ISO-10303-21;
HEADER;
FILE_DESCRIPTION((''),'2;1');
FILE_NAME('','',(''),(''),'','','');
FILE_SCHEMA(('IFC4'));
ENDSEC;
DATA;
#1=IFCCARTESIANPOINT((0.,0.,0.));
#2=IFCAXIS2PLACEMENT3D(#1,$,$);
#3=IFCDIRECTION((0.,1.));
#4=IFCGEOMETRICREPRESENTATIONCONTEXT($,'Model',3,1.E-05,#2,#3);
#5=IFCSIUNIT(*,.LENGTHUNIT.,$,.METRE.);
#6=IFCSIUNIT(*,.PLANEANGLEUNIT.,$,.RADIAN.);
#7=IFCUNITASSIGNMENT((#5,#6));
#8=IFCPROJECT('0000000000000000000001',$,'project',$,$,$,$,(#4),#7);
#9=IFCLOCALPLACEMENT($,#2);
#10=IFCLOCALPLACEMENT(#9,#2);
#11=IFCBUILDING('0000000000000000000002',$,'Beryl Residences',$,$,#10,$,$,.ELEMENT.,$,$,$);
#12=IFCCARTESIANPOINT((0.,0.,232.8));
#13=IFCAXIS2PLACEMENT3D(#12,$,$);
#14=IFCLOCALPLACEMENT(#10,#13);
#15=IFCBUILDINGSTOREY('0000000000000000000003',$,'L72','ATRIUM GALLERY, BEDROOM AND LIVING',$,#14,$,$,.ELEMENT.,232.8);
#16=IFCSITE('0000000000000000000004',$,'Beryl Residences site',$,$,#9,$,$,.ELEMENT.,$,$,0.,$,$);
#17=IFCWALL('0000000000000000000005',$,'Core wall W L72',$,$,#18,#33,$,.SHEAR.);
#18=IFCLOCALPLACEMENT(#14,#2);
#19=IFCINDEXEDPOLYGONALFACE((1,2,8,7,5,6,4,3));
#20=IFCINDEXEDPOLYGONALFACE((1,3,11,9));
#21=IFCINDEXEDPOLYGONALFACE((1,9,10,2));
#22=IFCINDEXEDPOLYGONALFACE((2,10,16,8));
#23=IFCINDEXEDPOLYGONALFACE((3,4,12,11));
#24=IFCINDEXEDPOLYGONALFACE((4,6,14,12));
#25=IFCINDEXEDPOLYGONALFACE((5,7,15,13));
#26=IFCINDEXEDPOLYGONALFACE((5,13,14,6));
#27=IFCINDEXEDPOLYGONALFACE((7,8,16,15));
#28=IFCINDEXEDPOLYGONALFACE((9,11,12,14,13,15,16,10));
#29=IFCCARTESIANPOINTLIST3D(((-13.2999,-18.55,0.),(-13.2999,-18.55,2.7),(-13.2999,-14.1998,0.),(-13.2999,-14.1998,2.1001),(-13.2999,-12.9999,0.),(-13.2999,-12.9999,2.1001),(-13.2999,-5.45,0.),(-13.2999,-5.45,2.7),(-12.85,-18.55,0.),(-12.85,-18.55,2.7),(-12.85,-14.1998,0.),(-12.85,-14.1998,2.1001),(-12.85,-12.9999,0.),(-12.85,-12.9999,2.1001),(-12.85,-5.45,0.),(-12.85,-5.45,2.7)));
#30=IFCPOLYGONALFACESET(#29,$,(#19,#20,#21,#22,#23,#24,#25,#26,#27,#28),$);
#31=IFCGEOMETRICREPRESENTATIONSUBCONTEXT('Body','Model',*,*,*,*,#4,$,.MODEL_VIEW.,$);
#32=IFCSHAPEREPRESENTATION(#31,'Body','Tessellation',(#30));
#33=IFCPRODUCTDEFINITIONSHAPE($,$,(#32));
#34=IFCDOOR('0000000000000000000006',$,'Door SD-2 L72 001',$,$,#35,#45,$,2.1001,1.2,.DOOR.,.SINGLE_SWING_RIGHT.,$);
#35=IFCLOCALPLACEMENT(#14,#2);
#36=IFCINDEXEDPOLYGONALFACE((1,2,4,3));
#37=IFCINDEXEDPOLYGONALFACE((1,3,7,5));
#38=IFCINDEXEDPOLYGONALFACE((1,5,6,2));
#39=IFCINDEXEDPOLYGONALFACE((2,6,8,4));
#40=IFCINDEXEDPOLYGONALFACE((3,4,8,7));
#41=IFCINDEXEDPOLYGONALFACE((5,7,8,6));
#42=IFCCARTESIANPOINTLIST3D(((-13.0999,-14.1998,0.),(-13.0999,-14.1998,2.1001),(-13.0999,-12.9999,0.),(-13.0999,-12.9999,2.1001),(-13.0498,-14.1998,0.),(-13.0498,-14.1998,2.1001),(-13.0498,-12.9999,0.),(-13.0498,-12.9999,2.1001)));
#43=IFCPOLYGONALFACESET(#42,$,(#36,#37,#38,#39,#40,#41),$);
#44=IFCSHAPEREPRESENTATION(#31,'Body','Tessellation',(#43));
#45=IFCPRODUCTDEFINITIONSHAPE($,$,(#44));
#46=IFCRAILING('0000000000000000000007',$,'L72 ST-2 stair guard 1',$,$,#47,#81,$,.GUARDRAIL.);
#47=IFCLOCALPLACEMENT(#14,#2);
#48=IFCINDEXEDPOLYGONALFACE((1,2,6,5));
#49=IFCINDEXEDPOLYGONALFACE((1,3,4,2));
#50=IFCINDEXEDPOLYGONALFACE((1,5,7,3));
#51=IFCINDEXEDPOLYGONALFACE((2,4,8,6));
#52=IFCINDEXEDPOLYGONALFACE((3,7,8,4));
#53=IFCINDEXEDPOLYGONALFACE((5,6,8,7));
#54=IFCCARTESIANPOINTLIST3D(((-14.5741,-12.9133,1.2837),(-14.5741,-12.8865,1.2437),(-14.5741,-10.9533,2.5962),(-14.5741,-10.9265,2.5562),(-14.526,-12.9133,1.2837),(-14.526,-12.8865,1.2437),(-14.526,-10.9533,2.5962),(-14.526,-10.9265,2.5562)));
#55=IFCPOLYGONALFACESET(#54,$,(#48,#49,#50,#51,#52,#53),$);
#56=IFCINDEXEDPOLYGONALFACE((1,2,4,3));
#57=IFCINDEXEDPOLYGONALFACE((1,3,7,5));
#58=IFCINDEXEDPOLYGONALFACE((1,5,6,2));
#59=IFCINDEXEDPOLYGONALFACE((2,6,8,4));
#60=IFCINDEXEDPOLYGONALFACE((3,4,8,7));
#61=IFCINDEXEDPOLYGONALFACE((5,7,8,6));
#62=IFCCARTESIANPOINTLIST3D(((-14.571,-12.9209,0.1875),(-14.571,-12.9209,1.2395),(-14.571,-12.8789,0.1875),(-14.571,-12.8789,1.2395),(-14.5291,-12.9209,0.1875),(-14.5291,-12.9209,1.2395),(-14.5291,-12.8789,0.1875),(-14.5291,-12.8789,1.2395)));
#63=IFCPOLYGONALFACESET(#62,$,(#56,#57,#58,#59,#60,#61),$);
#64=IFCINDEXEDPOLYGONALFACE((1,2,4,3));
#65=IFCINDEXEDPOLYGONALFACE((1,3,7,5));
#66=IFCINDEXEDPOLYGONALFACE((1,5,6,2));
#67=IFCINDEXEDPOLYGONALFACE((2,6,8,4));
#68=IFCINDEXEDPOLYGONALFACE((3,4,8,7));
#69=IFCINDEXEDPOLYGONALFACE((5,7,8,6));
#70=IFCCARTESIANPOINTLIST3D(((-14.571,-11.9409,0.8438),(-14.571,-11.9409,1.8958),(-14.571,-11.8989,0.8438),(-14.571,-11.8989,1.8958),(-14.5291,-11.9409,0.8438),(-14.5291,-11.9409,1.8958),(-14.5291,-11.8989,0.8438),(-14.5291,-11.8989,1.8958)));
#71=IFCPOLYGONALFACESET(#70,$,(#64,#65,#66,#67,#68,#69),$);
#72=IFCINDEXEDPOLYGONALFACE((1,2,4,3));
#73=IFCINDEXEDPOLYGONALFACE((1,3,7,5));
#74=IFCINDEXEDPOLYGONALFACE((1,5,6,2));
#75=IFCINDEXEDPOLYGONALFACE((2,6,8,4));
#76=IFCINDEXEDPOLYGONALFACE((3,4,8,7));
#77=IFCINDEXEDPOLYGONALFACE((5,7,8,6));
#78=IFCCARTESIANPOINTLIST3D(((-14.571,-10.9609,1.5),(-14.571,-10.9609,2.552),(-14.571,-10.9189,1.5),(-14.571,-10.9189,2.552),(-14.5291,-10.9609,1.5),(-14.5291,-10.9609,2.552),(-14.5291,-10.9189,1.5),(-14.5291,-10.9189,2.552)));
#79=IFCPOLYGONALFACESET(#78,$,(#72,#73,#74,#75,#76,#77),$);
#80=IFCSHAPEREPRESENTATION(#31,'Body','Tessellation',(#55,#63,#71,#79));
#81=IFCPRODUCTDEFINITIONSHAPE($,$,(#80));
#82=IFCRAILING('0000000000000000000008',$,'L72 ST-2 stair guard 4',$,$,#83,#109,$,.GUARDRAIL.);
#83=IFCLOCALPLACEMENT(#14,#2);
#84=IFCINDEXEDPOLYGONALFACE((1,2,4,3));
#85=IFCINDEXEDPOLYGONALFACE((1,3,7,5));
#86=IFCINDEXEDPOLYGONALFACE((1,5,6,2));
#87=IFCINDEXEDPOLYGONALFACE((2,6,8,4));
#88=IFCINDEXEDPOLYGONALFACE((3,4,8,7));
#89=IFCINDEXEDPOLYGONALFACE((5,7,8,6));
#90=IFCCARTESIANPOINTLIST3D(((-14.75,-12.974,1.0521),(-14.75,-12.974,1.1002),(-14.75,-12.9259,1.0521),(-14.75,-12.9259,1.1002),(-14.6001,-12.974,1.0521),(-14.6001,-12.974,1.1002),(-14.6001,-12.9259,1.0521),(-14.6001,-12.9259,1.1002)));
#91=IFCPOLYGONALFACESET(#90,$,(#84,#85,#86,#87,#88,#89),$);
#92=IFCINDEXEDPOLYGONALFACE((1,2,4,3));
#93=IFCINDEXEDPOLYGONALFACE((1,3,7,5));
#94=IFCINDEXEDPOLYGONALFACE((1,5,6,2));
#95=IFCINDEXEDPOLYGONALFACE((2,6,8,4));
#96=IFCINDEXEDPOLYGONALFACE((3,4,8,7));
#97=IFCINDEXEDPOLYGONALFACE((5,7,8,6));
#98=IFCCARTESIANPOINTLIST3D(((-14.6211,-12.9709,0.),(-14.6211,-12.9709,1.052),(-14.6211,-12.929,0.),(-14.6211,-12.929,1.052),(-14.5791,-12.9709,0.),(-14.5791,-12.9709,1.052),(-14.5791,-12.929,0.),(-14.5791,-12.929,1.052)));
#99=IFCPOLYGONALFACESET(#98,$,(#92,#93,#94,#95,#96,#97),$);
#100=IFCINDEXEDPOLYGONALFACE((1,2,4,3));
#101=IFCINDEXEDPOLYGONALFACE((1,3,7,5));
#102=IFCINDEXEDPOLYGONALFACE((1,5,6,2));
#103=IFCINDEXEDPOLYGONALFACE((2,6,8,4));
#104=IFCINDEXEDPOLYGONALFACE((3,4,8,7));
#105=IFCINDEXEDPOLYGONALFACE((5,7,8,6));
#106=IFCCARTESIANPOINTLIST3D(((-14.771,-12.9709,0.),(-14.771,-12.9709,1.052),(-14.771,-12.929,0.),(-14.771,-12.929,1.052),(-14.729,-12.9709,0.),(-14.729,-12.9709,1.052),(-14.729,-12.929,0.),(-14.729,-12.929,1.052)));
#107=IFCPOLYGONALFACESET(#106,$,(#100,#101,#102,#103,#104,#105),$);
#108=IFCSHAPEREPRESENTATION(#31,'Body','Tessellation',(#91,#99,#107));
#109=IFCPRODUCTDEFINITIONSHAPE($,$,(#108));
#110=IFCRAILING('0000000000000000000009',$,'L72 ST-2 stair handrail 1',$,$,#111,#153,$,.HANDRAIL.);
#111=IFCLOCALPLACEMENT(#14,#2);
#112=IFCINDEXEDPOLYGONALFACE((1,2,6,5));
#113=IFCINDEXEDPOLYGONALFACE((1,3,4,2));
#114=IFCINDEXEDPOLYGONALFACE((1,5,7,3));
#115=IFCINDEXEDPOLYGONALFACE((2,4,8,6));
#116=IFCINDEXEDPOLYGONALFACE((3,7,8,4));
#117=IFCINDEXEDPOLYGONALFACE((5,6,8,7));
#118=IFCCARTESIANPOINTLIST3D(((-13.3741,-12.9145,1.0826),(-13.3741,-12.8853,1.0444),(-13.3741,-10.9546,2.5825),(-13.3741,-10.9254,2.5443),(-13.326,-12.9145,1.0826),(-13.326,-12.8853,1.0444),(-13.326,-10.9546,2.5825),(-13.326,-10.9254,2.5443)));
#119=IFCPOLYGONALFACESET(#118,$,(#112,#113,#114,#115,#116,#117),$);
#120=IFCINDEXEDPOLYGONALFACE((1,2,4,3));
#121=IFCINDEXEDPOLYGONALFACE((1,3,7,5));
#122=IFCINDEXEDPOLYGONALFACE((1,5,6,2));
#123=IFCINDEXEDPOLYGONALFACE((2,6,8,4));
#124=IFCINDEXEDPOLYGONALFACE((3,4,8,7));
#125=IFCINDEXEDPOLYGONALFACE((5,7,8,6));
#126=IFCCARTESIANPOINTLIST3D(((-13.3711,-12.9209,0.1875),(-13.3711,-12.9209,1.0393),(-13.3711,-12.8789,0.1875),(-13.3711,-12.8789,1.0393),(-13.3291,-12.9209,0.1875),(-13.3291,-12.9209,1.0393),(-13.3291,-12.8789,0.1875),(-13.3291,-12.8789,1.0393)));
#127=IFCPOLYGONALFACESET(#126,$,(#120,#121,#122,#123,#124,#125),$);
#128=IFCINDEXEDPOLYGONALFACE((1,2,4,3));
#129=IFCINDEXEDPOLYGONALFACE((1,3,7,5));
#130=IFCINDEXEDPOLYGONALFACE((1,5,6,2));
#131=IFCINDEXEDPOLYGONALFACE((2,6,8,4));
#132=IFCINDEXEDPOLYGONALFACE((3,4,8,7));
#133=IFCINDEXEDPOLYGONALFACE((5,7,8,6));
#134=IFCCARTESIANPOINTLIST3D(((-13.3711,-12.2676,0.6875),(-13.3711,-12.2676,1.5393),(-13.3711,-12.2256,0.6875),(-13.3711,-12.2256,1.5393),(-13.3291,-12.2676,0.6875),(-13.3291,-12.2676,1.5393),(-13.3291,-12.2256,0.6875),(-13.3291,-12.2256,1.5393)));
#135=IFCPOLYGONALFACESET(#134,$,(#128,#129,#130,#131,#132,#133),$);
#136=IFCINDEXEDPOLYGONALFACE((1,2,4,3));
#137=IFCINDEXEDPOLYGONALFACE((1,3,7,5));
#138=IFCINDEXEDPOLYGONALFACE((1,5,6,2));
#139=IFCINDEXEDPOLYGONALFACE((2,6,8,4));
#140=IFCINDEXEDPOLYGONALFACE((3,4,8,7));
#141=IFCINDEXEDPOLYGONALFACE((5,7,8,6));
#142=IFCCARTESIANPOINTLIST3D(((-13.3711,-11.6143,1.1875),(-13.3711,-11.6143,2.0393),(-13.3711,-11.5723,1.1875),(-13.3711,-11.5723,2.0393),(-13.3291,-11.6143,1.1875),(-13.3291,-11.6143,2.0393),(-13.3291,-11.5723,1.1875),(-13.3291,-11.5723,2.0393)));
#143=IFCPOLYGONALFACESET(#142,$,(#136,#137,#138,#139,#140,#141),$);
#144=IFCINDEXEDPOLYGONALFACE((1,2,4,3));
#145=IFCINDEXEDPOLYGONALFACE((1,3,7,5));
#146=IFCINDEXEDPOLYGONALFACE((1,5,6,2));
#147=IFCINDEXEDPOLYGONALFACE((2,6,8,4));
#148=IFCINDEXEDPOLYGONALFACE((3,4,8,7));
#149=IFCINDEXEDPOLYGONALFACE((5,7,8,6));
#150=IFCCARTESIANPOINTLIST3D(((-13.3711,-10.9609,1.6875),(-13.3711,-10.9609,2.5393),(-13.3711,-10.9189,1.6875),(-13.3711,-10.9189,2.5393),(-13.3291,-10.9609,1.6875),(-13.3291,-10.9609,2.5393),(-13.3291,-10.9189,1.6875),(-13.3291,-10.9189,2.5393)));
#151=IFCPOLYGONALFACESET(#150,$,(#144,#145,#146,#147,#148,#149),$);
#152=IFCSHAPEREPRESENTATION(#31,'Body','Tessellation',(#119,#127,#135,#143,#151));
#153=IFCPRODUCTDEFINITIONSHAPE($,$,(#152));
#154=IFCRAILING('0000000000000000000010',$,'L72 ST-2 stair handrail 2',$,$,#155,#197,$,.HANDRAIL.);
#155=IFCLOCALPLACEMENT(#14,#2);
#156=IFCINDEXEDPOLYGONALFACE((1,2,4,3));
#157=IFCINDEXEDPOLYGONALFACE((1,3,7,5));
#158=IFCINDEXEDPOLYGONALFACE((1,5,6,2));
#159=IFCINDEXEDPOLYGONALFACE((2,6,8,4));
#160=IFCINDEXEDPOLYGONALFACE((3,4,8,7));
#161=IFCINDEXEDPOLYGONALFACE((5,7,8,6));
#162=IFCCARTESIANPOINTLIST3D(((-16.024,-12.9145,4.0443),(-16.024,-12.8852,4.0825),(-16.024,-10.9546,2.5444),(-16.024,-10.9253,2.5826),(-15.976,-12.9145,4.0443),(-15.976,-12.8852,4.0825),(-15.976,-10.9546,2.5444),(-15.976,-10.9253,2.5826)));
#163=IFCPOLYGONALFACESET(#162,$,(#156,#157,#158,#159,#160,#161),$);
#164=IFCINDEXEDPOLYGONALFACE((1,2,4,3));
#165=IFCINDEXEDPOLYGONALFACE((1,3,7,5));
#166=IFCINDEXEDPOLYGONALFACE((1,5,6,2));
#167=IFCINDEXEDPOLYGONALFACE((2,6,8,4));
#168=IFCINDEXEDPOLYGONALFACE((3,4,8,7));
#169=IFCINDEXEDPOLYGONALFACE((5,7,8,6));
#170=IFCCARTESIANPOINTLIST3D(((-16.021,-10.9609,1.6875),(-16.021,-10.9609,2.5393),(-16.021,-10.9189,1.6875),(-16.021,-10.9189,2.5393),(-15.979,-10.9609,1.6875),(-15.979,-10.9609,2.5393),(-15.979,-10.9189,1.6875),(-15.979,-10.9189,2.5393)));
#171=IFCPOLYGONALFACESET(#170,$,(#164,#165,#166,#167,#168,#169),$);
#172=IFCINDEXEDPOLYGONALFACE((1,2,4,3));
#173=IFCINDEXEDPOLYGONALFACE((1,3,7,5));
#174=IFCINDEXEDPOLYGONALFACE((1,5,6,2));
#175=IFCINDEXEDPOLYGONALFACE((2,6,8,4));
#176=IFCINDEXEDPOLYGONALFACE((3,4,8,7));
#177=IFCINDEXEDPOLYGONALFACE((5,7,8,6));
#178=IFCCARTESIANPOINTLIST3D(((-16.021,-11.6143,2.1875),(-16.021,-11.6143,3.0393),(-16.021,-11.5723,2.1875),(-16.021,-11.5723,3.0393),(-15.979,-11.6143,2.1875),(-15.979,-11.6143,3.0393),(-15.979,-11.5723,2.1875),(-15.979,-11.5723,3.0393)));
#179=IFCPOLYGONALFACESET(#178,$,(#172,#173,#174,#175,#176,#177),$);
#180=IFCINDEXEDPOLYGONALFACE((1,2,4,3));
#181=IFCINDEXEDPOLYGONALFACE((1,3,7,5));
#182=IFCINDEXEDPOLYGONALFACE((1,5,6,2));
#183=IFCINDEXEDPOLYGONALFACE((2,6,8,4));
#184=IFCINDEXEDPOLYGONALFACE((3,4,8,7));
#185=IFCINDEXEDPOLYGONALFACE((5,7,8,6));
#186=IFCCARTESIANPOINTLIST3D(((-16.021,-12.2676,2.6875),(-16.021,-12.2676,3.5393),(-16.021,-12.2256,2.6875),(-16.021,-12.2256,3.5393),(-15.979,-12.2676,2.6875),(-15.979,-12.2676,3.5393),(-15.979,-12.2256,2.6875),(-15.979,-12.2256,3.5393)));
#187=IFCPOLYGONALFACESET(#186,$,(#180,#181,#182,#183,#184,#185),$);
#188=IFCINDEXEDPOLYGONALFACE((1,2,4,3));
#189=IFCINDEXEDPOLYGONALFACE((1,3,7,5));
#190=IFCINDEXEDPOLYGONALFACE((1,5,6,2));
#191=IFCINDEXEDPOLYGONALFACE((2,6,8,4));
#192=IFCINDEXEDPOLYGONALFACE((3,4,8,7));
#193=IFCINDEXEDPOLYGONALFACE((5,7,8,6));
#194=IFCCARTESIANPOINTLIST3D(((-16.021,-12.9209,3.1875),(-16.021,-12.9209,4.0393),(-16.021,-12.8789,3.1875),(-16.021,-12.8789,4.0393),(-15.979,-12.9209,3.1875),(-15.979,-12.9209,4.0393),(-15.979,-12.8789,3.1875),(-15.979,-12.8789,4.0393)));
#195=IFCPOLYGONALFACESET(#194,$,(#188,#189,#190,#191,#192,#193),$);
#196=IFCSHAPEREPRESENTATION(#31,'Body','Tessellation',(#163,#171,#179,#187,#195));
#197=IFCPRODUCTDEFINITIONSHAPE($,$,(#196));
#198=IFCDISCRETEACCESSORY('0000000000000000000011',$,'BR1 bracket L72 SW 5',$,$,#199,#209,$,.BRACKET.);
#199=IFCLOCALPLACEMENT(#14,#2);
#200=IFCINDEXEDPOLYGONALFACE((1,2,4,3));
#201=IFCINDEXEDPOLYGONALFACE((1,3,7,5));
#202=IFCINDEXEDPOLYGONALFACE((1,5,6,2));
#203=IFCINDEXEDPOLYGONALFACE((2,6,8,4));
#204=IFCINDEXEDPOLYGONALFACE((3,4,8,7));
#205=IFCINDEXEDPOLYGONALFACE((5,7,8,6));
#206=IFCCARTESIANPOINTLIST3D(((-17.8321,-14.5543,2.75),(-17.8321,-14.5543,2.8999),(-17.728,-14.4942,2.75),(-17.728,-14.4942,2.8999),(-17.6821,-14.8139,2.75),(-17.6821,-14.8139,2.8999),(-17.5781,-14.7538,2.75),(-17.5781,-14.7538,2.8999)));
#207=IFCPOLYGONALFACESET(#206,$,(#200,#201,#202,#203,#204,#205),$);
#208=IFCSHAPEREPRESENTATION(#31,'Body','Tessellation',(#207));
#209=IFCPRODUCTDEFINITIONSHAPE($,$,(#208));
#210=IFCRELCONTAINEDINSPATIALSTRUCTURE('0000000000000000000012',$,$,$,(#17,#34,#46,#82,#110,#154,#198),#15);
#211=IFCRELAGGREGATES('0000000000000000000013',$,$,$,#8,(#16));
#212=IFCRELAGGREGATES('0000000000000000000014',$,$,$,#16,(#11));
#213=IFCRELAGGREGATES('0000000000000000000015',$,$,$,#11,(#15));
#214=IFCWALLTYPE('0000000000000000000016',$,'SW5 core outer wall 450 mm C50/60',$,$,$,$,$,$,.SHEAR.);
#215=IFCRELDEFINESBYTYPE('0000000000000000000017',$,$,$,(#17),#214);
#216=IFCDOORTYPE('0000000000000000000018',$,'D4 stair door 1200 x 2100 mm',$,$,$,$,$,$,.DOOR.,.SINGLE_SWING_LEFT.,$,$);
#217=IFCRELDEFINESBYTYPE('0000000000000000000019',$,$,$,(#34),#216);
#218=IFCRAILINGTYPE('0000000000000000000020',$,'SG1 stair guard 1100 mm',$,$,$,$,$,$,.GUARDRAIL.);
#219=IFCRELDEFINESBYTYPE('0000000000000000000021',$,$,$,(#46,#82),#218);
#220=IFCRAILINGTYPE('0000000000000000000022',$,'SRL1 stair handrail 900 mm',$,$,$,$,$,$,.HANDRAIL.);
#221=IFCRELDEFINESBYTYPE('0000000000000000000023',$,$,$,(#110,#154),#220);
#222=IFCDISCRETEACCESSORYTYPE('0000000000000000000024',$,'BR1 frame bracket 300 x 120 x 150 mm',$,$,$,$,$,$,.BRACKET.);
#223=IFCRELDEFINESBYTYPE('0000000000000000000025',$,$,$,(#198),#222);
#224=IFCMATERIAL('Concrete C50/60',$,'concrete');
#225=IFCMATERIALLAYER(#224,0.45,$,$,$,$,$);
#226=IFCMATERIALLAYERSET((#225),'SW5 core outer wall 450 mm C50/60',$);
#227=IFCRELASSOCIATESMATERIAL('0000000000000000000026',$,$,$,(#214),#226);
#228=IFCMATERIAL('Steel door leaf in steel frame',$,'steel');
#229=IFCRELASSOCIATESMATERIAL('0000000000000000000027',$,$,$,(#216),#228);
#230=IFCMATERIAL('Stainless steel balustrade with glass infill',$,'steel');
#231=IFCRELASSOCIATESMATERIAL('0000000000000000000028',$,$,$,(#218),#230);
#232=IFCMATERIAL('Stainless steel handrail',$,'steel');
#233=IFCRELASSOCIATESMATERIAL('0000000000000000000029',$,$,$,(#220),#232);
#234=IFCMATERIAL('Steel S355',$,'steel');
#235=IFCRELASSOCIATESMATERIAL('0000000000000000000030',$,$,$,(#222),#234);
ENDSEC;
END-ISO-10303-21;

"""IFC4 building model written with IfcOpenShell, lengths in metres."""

from ifc_helpers import new_model, si_unit, direction, frame, frame_2d, origin, origin_2d, place, context, subcontext, project, spatial, polyline, rectangle, outline, extrude, source, transform, mapped, material, layer, layer_set, type_object, type_shapes, element, fill, save


model = new_model("IFC4")

# Units and contexts
model_context = context("Model", 3, precision=1e-05, world=origin(), true_north=direction((0.0, 1.0)))
body_context = subcontext(model_context, "Body", "Model", "MODEL_VIEW")
ifc_project = project(units=[si_unit("LENGTHUNIT", "METRE"), si_unit("PLANEANGLEUNIT", "RADIAN")], contexts=[model_context])

# Site, building, storey
site_placement = place(None, origin())
site = spatial("IfcSite", under=ifc_project, at=site_placement, Name="Beryl Residences site", CompositionType="ELEMENT", RefElevation=0.0)
building_placement = place(site_placement, origin())
building = spatial("IfcBuilding", under=site, at=building_placement, Name="Beryl Residences", CompositionType="ELEMENT")
storey_placement = place(building_placement, frame((0.0, 0.0, 232.8)))
storey = spatial("IfcBuildingStorey", under=building, at=storey_placement, Name="L72", Description="ATRIUM GALLERY, BEDROOM AND LIVING", CompositionType="ELEMENT", Elevation=232.8)

# Wall, opening, door
ifc_material_1 = material(Name="Concrete C50/60", Category="concrete")
ifc_layer_1 = layer(ifc_material_1, 0.45)
ifc_layer_set_1 = layer_set([ifc_layer_1], Name="SW5 core outer wall 450 mm C50/60")
wall_type_1 = type_object("IfcWallType", Name="SW5 core outer wall 450 mm C50/60", PredefinedType="SHEAR", material=ifc_layer_set_1)
wall_1_placement = place(storey_placement, frame((-13.075, -18.55, 0.0), z_axis=(0.0, 0.0, 1.0), x_axis=(0.0, 1.0, 0.0)))
wall_1 = element("IfcWall", 1, at=wall_1_placement, inside=storey, type_object=wall_type_1, Name="Core wall W L72", PredefinedType="SHEAR", context=body_context, shape_type="SweptSolid", body=[
    extrude(rectangle(XDim=13.1001, YDim=0.45, at=frame_2d((6.55, 0.0))), origin(), (0.0, 0.0, 1.0), 2.7),
])
opening_1_placement = place(wall_1_placement, frame((4.3501, 0.0, 0.0)))
opening_1 = element("IfcOpeningElement", 2, at=opening_1_placement, cuts=wall_1, PredefinedType="OPENING", context=body_context, shape_type="SweptSolid", body=[
    extrude(rectangle(XDim=1.2, YDim=2.1001, at=frame_2d((0.6001, 1.05))), frame((0.0, 0.2349, 0.0), z_axis=(0.0, -1.0, 0.0), x_axis=(1.0, 0.0, 0.0)), (0.0, 0.0, 1.0), 0.47),
])
ifc_material_2 = material(Name="Steel door leaf in steel frame", Category="steel")
door_type_1 = type_object("IfcDoorType", Name="D4 stair door 1200 x 2100 mm", OperationType="SINGLE_SWING_LEFT", PredefinedType="DOOR", material=ifc_material_2)
door_1_placement = place(opening_1_placement, origin())
door_1 = element("IfcDoor", 3, at=door_1_placement, inside=storey, type_object=door_type_1, Name="Door SD-2 L72 001", OperationType="SINGLE_SWING_RIGHT", OverallHeight=2.1001, OverallWidth=1.2, PredefinedType="DOOR", context=body_context, shape_type="SweptSolid", body=[
    extrude(rectangle(XDim=1.2, YDim=2.1001, at=frame_2d((0.6001, 1.05))), frame((0.0, 0.0249, 0.0), z_axis=(0.0, -1.0, 0.0), x_axis=(1.0, 0.0, 0.0)), (0.0, 0.0, 1.0), 0.05),
])
fill(opening_1, door_1)

# Railings
ifc_material_3 = material(Name="Stainless steel balustrade with glass infill", Category="steel")
railing_type_1 = type_object("IfcRailingType", Name="SG1 stair guard 1100 mm", PredefinedType="GUARDRAIL", material=ifc_material_3)
railing_1_placement = place(storey_placement, frame((-14.55, -12.8999, 0.1875)))
element("IfcRailing", 4, at=railing_1_placement, inside=storey, type_object=railing_type_1, Name="L72 ST-2 stair guard 1", PredefinedType="GUARDRAIL", context=body_context, shape_type="SweptSolid", body=[
    extrude(rectangle(XDim=0.0481, YDim=0.0481, at=origin_2d()), frame((0.0, 0.0, 1.0762), z_axis=(0.0, 0.830902, 0.556419), x_axis=(-1.0, 0.0, 0.0)), (0.0, 0.0, 1.0), 2.3589),
    extrude(rectangle(XDim=0.042, YDim=0.042, at=origin_2d()), origin(), (0.0, 0.0, 1.0), 1.052),
    extrude(rectangle(XDim=0.042, YDim=0.042, at=origin_2d()), frame((0.0, 0.98, 0.6562)), (0.0, 0.0, 1.0), 1.052),
    extrude(rectangle(XDim=0.042, YDim=0.042, at=origin_2d()), frame((0.0, 1.96, 1.3125)), (0.0, 0.0, 1.0), 1.052),
])
railing_2_placement = place(storey_placement, frame((-14.6001, -12.95, 0.0)))
element("IfcRailing", 5, at=railing_2_placement, inside=storey, type_object=railing_type_1, Name="L72 ST-2 stair guard 4", PredefinedType="GUARDRAIL", context=body_context, shape_type="SweptSolid", body=[
    extrude(rectangle(XDim=0.0481, YDim=0.0481, at=origin_2d()), frame((0.0, 0.0, 1.0762), z_axis=(-1.0, 0.0, 0.0), x_axis=(0.0, -1.0, 0.0)), (0.0, 0.0, 1.0), 0.1499),
    extrude(rectangle(XDim=0.042, YDim=0.042, at=origin_2d()), origin(), (0.0, 0.0, 1.0), 1.052),
    extrude(rectangle(XDim=0.042, YDim=0.042, at=origin_2d()), frame((-0.1499, 0.0, 0.0)), (0.0, 0.0, 1.0), 1.052),
])
ifc_material_4 = material(Name="Stainless steel handrail", Category="steel")
railing_type_2 = type_object("IfcRailingType", Name="SRL1 stair handrail 900 mm", PredefinedType="HANDRAIL", material=ifc_material_4)
railing_3_placement = place(storey_placement, frame((-13.3501, -12.8999, 0.1875)))
element("IfcRailing", 6, at=railing_3_placement, inside=storey, type_object=railing_type_2, Name="L72 ST-2 stair handrail 1", PredefinedType="HANDRAIL", context=body_context, shape_type="SweptSolid", body=[
    extrude(rectangle(XDim=0.0481, YDim=0.0481, at=origin_2d()), frame((0.0, 0.0, 0.876), z_axis=(0.0, 0.794122, 0.607758), x_axis=(-1.0, 0.0, 0.0)), (0.0, 0.0, 1.0), 2.468),
    extrude(rectangle(XDim=0.042, YDim=0.042, at=origin_2d()), origin(), (0.0, 0.0, 1.0), 0.8518),
    extrude(rectangle(XDim=0.042, YDim=0.042, at=origin_2d()), frame((0.0, 0.6533, 0.5)), (0.0, 0.0, 1.0), 0.8518),
    extrude(rectangle(XDim=0.042, YDim=0.042, at=origin_2d()), frame((0.0, 1.3066, 1.0)), (0.0, 0.0, 1.0), 0.8518),
    extrude(rectangle(XDim=0.042, YDim=0.042, at=origin_2d()), frame((0.0, 1.96, 1.5)), (0.0, 0.0, 1.0), 0.8518),
])
railing_4_placement = place(storey_placement, frame((-16.0, -10.9399, 1.6875)))
element("IfcRailing", 7, at=railing_4_placement, inside=storey, type_object=railing_type_2, Name="L72 ST-2 stair handrail 2", PredefinedType="HANDRAIL", context=body_context, shape_type="SweptSolid", body=[
    extrude(rectangle(XDim=0.0481, YDim=0.0481, at=origin_2d()), frame((0.0, 0.0, 0.876), z_axis=(0.0, -0.794122, 0.607758), x_axis=(1.0, 0.0, 0.0)), (0.0, 0.0, 1.0), 2.468),
    extrude(rectangle(XDim=0.042, YDim=0.042, at=origin_2d()), origin(), (0.0, 0.0, 1.0), 0.8518),
    extrude(rectangle(XDim=0.042, YDim=0.042, at=origin_2d()), frame((0.0, -0.6533, 0.5)), (0.0, 0.0, 1.0), 0.8518),
    extrude(rectangle(XDim=0.042, YDim=0.042, at=origin_2d()), frame((0.0, -1.3066, 1.0)), (0.0, 0.0, 1.0), 0.8518),
    extrude(rectangle(XDim=0.042, YDim=0.042, at=origin_2d()), frame((0.0, -1.96, 1.5)), (0.0, 0.0, 1.0), 0.8518),
])

# Discrete accessory
ifc_material_5 = material(Name="Steel S355", Category="steel")
discrete_accessory_type = type_object("IfcDiscreteAccessoryType", Name="BR1 frame bracket 300 x 120 x 150 mm", PredefinedType="BRACKET", material=ifc_material_5)
shared_shape_1 = source(origin(), body_context, "Body", "SweptSolid", [
    extrude(outline(polyline([(-0.1499, 0.0), (0.1499, 0.0), (0.1499, 0.1201), (-0.1499, 0.1201), (-0.1499, 0.0)])), origin(), (0.0, 0.0, 1.0), 0.1499),
])
type_shapes(discrete_accessory_type, [shared_shape_1])
for number, where, z_axis, x_axis, name in (
    (8, (-17.6531, -14.624, 2.75), (0.0, 0.0, 1.0), (-0.5, 0.866025, 0.0), "BR1 bracket L72 SW 5"),
):
    element("IfcDiscreteAccessory", number, at=place(storey_placement, frame(where, z_axis=z_axis, x_axis=x_axis)), inside=storey, type_object=discrete_accessory_type, Name=name, PredefinedType="BRACKET", context=body_context, shape_type="MappedRepresentation", body=[
        mapped(shared_shape_1, transform((0.0, 0.0, 0.0))),
    ])

save(model, "model.ifc")
